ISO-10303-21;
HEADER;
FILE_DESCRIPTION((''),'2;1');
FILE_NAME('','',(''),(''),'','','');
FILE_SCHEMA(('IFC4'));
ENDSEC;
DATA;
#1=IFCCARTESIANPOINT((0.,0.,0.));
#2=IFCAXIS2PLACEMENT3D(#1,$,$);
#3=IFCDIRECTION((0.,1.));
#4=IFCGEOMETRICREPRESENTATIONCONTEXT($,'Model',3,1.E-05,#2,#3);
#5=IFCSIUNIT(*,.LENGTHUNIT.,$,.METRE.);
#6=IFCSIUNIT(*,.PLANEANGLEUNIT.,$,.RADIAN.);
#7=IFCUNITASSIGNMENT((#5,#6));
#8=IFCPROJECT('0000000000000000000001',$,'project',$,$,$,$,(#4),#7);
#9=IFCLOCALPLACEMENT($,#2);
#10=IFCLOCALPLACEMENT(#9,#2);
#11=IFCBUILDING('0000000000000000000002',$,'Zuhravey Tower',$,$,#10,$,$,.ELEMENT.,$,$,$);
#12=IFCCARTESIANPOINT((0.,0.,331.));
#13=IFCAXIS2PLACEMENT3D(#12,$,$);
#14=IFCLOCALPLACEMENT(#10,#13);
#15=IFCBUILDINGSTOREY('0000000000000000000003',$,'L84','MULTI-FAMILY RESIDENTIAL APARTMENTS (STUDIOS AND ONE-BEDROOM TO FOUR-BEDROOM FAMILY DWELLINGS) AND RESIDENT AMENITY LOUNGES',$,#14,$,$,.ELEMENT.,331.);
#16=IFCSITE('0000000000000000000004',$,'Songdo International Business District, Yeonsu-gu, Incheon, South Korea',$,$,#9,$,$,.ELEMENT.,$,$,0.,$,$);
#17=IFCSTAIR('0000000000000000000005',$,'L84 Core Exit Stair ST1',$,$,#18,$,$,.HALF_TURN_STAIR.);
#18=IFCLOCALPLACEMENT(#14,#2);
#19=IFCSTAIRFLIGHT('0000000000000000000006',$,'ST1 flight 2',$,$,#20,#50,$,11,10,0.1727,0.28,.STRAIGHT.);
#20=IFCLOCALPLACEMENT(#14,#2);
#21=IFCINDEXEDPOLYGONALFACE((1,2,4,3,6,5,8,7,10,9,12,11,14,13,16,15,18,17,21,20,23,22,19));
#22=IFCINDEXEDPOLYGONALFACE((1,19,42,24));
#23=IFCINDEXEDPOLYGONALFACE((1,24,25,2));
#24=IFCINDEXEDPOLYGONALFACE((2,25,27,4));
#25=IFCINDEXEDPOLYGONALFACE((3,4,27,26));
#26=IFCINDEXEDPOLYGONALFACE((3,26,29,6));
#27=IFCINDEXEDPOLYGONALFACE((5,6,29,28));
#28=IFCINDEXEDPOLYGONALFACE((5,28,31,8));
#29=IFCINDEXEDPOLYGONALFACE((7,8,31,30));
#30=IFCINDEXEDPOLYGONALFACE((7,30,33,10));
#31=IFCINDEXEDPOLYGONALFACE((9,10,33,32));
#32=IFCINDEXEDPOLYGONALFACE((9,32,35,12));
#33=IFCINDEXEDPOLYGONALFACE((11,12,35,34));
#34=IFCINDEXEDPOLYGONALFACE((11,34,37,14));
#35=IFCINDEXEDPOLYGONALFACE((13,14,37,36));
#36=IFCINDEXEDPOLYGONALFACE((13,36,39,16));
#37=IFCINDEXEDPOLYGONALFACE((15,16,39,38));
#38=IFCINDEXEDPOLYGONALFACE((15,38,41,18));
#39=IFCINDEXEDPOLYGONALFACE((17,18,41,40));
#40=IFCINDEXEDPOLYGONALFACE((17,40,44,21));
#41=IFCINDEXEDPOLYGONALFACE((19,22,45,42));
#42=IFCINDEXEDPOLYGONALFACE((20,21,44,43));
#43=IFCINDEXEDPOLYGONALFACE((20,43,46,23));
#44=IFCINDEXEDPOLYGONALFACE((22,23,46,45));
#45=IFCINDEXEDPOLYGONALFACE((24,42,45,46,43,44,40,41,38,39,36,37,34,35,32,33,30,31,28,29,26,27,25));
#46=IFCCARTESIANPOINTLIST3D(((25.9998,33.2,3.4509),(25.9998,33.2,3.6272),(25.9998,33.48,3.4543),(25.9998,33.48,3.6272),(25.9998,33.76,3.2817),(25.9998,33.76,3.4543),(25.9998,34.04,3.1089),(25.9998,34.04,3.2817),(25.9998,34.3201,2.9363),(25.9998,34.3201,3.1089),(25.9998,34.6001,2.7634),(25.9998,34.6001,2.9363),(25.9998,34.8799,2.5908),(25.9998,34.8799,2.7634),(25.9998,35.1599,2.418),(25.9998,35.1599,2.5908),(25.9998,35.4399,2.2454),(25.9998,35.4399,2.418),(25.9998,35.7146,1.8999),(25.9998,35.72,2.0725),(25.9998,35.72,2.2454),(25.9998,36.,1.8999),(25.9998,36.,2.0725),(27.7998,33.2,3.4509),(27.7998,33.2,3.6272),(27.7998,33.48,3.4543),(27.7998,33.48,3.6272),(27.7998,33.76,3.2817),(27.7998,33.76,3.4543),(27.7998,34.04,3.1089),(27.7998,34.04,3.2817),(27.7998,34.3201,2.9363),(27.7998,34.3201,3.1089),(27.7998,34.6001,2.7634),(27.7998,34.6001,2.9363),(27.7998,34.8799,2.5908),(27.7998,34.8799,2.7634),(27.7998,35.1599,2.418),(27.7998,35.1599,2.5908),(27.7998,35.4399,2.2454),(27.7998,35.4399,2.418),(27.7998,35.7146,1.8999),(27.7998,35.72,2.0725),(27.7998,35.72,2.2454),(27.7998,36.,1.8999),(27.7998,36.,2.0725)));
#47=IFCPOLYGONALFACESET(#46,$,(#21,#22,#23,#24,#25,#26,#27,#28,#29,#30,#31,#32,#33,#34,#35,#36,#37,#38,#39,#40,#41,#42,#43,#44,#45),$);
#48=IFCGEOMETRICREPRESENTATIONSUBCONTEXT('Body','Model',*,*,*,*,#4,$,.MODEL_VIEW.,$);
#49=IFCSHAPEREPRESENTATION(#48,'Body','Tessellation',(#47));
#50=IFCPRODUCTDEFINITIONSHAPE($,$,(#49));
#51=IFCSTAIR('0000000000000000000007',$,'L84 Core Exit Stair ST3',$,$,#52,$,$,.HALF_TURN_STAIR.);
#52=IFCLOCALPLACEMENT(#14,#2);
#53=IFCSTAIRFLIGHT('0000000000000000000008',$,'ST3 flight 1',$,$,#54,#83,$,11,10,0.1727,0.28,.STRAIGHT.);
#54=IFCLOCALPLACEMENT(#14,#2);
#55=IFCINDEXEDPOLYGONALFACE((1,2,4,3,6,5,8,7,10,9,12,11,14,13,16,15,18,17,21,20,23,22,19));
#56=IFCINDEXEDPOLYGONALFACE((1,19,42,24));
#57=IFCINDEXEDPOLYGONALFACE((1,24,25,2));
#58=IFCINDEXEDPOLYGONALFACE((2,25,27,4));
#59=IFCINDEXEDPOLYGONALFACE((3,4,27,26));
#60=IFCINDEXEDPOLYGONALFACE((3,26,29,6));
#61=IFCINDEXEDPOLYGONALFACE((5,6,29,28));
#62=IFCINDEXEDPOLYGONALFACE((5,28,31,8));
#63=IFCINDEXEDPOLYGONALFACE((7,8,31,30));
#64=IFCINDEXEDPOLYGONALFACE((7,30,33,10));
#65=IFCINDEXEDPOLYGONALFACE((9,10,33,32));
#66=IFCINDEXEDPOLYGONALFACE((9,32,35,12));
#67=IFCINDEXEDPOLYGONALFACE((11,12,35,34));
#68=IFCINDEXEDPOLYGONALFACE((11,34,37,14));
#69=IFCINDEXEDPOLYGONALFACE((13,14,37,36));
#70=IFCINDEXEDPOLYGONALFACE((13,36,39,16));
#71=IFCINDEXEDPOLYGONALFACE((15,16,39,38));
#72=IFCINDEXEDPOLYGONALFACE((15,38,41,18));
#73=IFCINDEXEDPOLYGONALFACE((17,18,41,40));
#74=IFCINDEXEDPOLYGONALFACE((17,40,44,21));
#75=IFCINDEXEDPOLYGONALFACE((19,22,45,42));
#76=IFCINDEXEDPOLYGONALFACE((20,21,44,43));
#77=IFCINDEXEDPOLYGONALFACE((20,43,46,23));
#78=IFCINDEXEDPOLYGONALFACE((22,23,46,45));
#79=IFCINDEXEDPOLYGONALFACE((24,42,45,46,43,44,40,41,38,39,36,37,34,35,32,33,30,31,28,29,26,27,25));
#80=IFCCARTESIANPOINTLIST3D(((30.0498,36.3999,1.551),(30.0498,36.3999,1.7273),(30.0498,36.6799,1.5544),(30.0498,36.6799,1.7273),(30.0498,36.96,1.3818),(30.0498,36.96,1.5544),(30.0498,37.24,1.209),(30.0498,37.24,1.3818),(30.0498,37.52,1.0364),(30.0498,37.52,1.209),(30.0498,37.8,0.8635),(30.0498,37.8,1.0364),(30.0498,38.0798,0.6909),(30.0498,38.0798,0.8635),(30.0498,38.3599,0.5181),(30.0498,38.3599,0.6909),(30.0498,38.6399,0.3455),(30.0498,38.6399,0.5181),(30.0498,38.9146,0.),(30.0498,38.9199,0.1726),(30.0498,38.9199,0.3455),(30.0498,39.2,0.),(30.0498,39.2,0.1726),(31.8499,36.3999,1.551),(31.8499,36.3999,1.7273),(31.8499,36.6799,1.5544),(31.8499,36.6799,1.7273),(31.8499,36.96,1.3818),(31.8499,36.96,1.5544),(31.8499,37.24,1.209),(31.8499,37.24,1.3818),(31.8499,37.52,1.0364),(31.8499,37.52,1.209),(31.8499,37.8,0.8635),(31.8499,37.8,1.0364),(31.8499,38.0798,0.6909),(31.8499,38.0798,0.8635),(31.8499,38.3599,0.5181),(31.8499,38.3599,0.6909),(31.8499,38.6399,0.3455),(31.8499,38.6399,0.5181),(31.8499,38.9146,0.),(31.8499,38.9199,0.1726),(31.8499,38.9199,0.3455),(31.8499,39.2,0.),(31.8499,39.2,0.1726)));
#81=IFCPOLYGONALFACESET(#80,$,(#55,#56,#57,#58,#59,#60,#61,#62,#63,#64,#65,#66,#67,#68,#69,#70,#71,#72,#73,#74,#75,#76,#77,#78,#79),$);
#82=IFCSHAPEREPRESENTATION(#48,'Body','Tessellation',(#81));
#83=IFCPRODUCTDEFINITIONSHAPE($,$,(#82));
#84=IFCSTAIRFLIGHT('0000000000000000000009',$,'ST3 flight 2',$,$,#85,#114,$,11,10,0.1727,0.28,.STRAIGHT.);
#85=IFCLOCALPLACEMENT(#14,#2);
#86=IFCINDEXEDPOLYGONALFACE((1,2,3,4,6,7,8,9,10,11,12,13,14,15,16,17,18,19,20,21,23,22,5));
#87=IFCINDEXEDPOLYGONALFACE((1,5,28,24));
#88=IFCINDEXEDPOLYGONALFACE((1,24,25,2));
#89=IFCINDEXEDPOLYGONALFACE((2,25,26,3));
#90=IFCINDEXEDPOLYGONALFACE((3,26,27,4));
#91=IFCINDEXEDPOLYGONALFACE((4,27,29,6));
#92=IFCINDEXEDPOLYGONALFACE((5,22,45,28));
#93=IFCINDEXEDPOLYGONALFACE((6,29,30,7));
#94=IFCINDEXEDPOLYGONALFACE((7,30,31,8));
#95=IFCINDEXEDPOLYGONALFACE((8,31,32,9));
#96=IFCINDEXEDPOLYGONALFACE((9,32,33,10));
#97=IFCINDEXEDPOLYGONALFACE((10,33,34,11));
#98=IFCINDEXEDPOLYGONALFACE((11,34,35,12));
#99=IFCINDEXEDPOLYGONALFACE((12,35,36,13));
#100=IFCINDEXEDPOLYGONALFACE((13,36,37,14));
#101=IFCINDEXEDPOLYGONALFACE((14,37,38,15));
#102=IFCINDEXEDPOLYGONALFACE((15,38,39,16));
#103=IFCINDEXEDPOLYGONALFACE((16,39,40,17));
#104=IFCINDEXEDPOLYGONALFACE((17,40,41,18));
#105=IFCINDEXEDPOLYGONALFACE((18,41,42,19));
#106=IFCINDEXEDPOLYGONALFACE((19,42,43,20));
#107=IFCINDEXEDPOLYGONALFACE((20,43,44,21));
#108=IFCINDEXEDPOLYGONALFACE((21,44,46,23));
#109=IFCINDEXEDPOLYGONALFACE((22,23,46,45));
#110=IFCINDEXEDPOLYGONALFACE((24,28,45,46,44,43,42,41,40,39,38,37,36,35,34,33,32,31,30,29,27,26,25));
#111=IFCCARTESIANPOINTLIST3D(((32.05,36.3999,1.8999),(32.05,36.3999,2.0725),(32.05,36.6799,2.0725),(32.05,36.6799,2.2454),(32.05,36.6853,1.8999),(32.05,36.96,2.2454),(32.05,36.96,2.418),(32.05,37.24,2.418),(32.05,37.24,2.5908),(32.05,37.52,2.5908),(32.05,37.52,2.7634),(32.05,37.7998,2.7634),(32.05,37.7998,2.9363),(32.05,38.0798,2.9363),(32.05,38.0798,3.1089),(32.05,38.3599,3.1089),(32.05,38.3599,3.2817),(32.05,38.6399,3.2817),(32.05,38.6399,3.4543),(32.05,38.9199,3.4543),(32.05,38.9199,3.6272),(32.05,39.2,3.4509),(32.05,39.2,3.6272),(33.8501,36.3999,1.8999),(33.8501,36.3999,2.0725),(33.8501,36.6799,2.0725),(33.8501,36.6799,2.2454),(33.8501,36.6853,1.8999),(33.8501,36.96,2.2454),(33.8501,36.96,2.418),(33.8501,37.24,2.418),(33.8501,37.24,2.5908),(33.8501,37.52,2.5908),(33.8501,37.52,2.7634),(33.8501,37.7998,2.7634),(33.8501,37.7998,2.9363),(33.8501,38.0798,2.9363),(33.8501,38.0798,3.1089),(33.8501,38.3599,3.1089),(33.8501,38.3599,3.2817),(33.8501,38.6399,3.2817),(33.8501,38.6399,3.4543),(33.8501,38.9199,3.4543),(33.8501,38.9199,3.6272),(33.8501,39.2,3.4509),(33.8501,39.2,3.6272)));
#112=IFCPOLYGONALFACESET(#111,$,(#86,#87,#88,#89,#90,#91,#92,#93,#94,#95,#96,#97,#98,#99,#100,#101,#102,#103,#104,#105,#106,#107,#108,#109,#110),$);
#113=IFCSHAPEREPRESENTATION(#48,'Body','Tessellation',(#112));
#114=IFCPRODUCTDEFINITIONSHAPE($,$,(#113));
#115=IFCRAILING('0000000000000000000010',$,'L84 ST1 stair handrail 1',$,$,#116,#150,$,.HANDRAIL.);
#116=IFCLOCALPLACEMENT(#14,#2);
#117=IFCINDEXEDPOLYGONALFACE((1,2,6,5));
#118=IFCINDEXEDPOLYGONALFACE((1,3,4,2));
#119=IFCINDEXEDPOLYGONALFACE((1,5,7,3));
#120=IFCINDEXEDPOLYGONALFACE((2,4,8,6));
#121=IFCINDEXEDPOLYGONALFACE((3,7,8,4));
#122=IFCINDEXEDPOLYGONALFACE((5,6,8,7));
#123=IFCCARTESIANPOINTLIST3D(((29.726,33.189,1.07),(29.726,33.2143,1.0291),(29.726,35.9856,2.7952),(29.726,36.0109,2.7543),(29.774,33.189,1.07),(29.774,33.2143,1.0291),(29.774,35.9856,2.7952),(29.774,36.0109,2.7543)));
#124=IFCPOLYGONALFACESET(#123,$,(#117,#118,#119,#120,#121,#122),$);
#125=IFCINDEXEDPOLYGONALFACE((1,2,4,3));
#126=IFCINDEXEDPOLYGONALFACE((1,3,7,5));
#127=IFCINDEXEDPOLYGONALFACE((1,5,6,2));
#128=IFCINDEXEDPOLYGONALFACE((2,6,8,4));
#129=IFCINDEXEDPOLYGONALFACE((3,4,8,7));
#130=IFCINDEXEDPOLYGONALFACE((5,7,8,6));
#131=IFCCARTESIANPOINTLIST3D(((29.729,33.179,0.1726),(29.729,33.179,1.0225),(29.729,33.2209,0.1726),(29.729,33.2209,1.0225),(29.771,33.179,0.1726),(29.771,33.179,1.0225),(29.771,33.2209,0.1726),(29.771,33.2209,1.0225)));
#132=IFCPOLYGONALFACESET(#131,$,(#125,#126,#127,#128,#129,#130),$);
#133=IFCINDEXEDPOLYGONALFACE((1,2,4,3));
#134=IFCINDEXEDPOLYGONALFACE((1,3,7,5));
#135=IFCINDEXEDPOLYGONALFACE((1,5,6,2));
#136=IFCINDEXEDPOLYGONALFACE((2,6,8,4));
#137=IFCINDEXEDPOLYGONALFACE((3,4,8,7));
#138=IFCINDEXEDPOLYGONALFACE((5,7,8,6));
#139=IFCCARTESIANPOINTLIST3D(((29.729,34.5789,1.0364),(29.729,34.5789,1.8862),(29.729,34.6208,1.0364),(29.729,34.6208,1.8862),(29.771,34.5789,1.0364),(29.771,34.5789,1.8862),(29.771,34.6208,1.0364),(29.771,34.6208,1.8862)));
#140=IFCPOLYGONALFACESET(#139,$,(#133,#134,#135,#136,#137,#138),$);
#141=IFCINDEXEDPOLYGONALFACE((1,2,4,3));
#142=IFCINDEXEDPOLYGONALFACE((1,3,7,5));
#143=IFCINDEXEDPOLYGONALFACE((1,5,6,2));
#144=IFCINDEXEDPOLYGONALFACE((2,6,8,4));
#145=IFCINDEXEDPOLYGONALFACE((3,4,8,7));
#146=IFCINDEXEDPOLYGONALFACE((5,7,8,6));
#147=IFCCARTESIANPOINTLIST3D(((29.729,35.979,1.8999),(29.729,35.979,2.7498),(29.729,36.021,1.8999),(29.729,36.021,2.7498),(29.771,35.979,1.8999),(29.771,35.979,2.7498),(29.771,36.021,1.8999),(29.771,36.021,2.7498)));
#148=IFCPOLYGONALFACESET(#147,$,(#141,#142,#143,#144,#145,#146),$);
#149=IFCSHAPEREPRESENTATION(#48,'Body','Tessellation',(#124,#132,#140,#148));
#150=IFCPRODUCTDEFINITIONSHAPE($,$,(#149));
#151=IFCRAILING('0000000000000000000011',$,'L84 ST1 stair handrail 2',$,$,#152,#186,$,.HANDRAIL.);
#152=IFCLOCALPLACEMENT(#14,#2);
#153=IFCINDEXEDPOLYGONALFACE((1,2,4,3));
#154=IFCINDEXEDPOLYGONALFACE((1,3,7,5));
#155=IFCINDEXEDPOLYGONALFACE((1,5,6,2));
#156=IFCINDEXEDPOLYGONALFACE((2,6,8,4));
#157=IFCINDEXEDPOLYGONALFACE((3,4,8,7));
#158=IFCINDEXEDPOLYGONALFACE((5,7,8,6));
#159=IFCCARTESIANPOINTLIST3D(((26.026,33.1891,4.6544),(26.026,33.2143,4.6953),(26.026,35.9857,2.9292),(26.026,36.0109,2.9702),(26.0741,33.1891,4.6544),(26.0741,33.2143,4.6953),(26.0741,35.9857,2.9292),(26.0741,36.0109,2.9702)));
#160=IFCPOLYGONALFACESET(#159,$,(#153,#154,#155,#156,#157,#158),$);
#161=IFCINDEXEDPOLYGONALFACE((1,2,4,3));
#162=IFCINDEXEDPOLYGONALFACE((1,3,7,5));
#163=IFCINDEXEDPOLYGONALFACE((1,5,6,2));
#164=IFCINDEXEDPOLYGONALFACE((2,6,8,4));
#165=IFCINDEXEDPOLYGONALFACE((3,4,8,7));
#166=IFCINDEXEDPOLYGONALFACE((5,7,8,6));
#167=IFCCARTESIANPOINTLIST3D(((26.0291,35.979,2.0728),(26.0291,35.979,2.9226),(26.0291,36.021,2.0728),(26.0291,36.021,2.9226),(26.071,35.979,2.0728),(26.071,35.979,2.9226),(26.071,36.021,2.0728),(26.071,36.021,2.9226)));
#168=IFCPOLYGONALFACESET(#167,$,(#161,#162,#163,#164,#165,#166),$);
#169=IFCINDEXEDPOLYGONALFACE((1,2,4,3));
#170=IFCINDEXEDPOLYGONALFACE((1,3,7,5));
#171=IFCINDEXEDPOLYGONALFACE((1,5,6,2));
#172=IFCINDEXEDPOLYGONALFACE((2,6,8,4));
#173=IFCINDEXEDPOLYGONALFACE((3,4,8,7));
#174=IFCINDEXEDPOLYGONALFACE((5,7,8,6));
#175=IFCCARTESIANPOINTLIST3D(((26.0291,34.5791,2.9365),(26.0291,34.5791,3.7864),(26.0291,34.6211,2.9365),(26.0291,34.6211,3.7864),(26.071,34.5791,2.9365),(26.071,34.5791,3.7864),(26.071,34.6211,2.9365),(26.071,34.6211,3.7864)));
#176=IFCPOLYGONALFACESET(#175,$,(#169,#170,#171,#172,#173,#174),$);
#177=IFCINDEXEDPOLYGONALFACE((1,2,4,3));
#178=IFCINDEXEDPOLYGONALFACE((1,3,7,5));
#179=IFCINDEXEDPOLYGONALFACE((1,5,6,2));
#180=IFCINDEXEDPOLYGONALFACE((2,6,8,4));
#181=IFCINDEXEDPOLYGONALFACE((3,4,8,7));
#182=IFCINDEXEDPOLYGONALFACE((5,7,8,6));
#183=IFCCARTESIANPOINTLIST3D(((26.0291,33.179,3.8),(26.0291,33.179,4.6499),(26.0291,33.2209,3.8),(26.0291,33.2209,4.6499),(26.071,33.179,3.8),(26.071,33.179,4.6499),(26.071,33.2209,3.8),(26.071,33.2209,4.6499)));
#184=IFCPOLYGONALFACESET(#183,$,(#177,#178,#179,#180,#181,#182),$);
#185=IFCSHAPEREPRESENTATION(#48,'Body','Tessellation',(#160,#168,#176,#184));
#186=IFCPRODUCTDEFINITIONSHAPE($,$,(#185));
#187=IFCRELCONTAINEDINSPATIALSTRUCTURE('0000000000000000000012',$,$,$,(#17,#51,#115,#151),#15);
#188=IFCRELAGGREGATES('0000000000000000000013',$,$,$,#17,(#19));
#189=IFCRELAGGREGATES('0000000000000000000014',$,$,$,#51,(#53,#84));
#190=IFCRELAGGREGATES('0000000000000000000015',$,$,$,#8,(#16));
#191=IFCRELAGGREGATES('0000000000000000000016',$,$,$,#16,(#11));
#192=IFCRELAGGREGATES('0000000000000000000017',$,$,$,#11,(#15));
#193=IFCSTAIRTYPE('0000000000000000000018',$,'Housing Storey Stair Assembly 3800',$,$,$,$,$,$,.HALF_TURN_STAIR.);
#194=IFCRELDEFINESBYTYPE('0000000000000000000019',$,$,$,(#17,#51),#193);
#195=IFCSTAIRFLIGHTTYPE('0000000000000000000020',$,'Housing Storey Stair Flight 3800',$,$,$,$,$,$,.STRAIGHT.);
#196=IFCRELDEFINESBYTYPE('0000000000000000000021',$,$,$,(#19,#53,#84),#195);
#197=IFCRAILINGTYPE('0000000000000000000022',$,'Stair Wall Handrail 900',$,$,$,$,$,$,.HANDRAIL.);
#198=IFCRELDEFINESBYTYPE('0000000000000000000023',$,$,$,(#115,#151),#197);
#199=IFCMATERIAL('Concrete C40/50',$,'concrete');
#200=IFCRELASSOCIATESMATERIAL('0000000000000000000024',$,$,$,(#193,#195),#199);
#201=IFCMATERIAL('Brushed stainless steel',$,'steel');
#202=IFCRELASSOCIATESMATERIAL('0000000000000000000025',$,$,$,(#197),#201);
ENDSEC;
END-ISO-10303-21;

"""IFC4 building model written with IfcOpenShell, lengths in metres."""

from ifc_helpers import new_model, si_unit, direction, frame, origin, origin_2d, place, context, subcontext, project, spatial, polyline, rectangle, outline, extrude, material, type_object, element, aggregate, save


model = new_model("IFC4")

# Units and contexts
model_context = context("Model", 3, precision=1e-05, world=origin(), true_north=direction((0.0, 1.0)))
body_context = subcontext(model_context, "Body", "Model", "MODEL_VIEW")
ifc_project = project(units=[si_unit("LENGTHUNIT", "METRE"), si_unit("PLANEANGLEUNIT", "RADIAN")], contexts=[model_context])

# Site, building, storey
site_placement = place(None, origin())
site = spatial("IfcSite", under=ifc_project, at=site_placement, Name="Songdo International Business District, Yeonsu-gu, Incheon, South Korea", CompositionType="ELEMENT", RefElevation=0.0)
building_placement = place(site_placement, origin())
building = spatial("IfcBuilding", under=site, at=building_placement, Name="Zuhravey Tower", CompositionType="ELEMENT")
storey_placement = place(building_placement, frame((0.0, 0.0, 331.0)))
storey = spatial("IfcBuildingStorey", under=building, at=storey_placement, Name="L84", Description="MULTI-FAMILY RESIDENTIAL APARTMENTS (STUDIOS AND ONE-BEDROOM TO FOUR-BEDROOM FAMILY DWELLINGS) AND RESIDENT AMENITY LOUNGES", CompositionType="ELEMENT", Elevation=331.0)

# Stairs, stair flights
ifc_material_1 = material(Name="Concrete C40/50", Category="concrete")
stair_type = type_object("IfcStairType", Name="Housing Storey Stair Assembly 3800", PredefinedType="HALF_TURN_STAIR", material=ifc_material_1)
stair_1_placement = place(storey_placement, origin())
stair_1 = element("IfcStair", 1, at=stair_1_placement, inside=storey, type_object=stair_type, Name="L84 Core Exit Stair ST1", PredefinedType="HALF_TURN_STAIR")
stair_flight_type = type_object("IfcStairFlightType", Name="Housing Storey Stair Flight 3800", PredefinedType="STRAIGHT", material=ifc_material_1)
stair_flight_1_placement = place(storey_placement, frame((26.8999, 36.0, 1.8999), z_axis=(0.0, 0.0, 1.0), x_axis=(0.0, -1.0, 0.0)))
stair_flight_1 = element("IfcStairFlight", 2, at=stair_flight_1_placement, type_object=stair_flight_type, Name="ST1 flight 2", NumberOfRisers=11, NumberOfTreads=10, PredefinedType="STRAIGHT", RiserHeight=0.1727, TreadLength=0.28, context=body_context, shape_type="SweptSolid", body=[
    extrude(outline(polyline([(0.0, 0.0), (0.0, 0.1726), (0.28, 0.1726), (0.28, 0.3455), (0.5601, 0.3455), (0.5601, 0.5181), (0.8401, 0.5181), (0.8401, 0.6909), (1.1201, 0.6909), (1.1201, 0.8635), (1.3999, 0.8635), (1.3999, 1.0364), (1.6799, 1.0364), (1.6799, 1.209), (1.96, 1.209), (1.96, 1.3818), (2.24, 1.3818), (2.24, 1.5544), (2.52, 1.5544), (2.52, 1.7273), (2.8, 1.7273), (2.8, 1.8999), (2.8, 1.551), (0.2854, 0.0), (0.0, 0.0)])), frame((0.0, 0.8999, 0.0), z_axis=(0.0, -1.0, 0.0), x_axis=(1.0, 0.0, 0.0)), (0.0, 0.0, 1.0), 1.8),
])
aggregate(stair_1, [stair_flight_1])
stair_2_placement = place(storey_placement, origin())
stair_2 = element("IfcStair", 3, at=stair_2_placement, inside=storey, type_object=stair_type, Name="L84 Core Exit Stair ST3", PredefinedType="HALF_TURN_STAIR")
stair_flight_2_placement = place(storey_placement, frame((30.95, 39.2, 0.0), z_axis=(0.0, 0.0, 1.0), x_axis=(0.0, -1.0, 0.0)))
stair_flight_2 = element("IfcStairFlight", 4, at=stair_flight_2_placement, type_object=stair_flight_type, Name="ST3 flight 1", NumberOfRisers=11, NumberOfTreads=10, PredefinedType="STRAIGHT", RiserHeight=0.1727, TreadLength=0.28, context=body_context, shape_type="SweptSolid", body=[
    extrude(outline(polyline([(0.0, 0.0), (0.0, 0.1726), (0.28, 0.1726), (0.28, 0.3455), (0.5601, 0.3455), (0.5601, 0.5181), (0.8401, 0.5181), (0.8401, 0.6909), (1.1201, 0.6909), (1.1201, 0.8635), (1.3999, 0.8635), (1.3999, 1.0364), (1.6799, 1.0364), (1.6799, 1.209), (1.96, 1.209), (1.96, 1.3818), (2.24, 1.3818), (2.24, 1.5544), (2.52, 1.5544), (2.52, 1.7273), (2.8, 1.7273), (2.8, 1.8999), (2.8, 1.551), (0.2854, 0.0), (0.0, 0.0)])), frame((0.0, 0.8999, 0.0), z_axis=(0.0, -1.0, 0.0), x_axis=(1.0, 0.0, 0.0)), (0.0, 0.0, 1.0), 1.8),
])
stair_flight_3_placement = place(storey_placement, frame((32.95, 36.3999, 1.8999), z_axis=(0.0, 0.0, 1.0), x_axis=(0.0, 1.0, 0.0)))
stair_flight_3 = element("IfcStairFlight", 5, at=stair_flight_3_placement, type_object=stair_flight_type, Name="ST3 flight 2", NumberOfRisers=11, NumberOfTreads=10, PredefinedType="STRAIGHT", RiserHeight=0.1727, TreadLength=0.28, context=body_context, shape_type="SweptSolid", body=[
    extrude(outline(polyline([(0.0, 0.0), (0.0, 0.1726), (0.28, 0.1726), (0.28, 0.3455), (0.5601, 0.3455), (0.5601, 0.5181), (0.8401, 0.5181), (0.8401, 0.6909), (1.1201, 0.6909), (1.1201, 0.8635), (1.3999, 0.8635), (1.3999, 1.0364), (1.6799, 1.0364), (1.6799, 1.209), (1.96, 1.209), (1.96, 1.3818), (2.24, 1.3818), (2.24, 1.5544), (2.52, 1.5544), (2.52, 1.7273), (2.8, 1.7273), (2.8, 1.8999), (2.8, 1.551), (0.2854, 0.0), (0.0, 0.0)])), frame((0.0, 0.8999, 0.0), z_axis=(0.0, -1.0, 0.0), x_axis=(1.0, 0.0, 0.0)), (0.0, 0.0, 1.0), 1.8),
])
aggregate(stair_2, [stair_flight_2, stair_flight_3])

# Railings
ifc_material_2 = material(Name="Brushed stainless steel", Category="steel")
railing_type_1 = type_object("IfcRailingType", Name="Stair Wall Handrail 900", PredefinedType="HANDRAIL", material=ifc_material_2)
railing_1_placement = place(storey_placement, frame((29.75, 33.2, 0.1726)))
element("IfcRailing", 6, at=railing_1_placement, inside=storey, type_object=railing_type_1, Name="L84 ST1 stair handrail 1", PredefinedType="HANDRAIL", context=body_context, shape_type="SweptSolid", body=[
    extrude(rectangle(XDim=0.0481, YDim=0.0481, at=origin_2d()), frame((0.0, 0.0017, 0.877), z_axis=(0.0, 0.85109, 0.52502), x_axis=(-1.0, 0.0, 0.0)), (0.0, 0.0, 1.0), 3.2859),
    extrude(rectangle(XDim=0.042, YDim=0.042, at=origin_2d()), origin(), (0.0, 0.0, 1.0), 0.8499),
    extrude(rectangle(XDim=0.042, YDim=0.042, at=origin_2d()), frame((0.0, 1.3999, 0.8638)), (0.0, 0.0, 1.0), 0.8499),
    extrude(rectangle(XDim=0.042, YDim=0.042, at=origin_2d()), frame((0.0, 2.8, 1.7273)), (0.0, 0.0, 1.0), 0.8499),
])
for number, where, name in (
    (7, (26.05, 36.0, 2.0728), "L84 ST1 stair handrail 2"),
):
    element("IfcRailing", number, at=place(storey_placement, frame(where)), inside=storey, type_object=railing_type_1, Name=name, PredefinedType="HANDRAIL", context=body_context, shape_type="SweptSolid", body=[
        extrude(rectangle(XDim=0.0481, YDim=0.0481, at=origin_2d()), frame((0.0, -0.0017, 0.877), z_axis=(0.0, -0.85109, 0.52502), x_axis=(1.0, 0.0, 0.0)), (0.0, 0.0, 1.0), 3.2859),
        extrude(rectangle(XDim=0.042, YDim=0.042, at=origin_2d()), origin(), (0.0, 0.0, 1.0), 0.8499),
        extrude(rectangle(XDim=0.042, YDim=0.042, at=origin_2d()), frame((0.0, -1.3999, 0.8638)), (0.0, 0.0, 1.0), 0.8499),
        extrude(rectangle(XDim=0.042, YDim=0.042, at=origin_2d()), frame((0.0, -2.8, 1.7273)), (0.0, 0.0, 1.0), 0.8499),
    ])

save(model, "model.ifc")
